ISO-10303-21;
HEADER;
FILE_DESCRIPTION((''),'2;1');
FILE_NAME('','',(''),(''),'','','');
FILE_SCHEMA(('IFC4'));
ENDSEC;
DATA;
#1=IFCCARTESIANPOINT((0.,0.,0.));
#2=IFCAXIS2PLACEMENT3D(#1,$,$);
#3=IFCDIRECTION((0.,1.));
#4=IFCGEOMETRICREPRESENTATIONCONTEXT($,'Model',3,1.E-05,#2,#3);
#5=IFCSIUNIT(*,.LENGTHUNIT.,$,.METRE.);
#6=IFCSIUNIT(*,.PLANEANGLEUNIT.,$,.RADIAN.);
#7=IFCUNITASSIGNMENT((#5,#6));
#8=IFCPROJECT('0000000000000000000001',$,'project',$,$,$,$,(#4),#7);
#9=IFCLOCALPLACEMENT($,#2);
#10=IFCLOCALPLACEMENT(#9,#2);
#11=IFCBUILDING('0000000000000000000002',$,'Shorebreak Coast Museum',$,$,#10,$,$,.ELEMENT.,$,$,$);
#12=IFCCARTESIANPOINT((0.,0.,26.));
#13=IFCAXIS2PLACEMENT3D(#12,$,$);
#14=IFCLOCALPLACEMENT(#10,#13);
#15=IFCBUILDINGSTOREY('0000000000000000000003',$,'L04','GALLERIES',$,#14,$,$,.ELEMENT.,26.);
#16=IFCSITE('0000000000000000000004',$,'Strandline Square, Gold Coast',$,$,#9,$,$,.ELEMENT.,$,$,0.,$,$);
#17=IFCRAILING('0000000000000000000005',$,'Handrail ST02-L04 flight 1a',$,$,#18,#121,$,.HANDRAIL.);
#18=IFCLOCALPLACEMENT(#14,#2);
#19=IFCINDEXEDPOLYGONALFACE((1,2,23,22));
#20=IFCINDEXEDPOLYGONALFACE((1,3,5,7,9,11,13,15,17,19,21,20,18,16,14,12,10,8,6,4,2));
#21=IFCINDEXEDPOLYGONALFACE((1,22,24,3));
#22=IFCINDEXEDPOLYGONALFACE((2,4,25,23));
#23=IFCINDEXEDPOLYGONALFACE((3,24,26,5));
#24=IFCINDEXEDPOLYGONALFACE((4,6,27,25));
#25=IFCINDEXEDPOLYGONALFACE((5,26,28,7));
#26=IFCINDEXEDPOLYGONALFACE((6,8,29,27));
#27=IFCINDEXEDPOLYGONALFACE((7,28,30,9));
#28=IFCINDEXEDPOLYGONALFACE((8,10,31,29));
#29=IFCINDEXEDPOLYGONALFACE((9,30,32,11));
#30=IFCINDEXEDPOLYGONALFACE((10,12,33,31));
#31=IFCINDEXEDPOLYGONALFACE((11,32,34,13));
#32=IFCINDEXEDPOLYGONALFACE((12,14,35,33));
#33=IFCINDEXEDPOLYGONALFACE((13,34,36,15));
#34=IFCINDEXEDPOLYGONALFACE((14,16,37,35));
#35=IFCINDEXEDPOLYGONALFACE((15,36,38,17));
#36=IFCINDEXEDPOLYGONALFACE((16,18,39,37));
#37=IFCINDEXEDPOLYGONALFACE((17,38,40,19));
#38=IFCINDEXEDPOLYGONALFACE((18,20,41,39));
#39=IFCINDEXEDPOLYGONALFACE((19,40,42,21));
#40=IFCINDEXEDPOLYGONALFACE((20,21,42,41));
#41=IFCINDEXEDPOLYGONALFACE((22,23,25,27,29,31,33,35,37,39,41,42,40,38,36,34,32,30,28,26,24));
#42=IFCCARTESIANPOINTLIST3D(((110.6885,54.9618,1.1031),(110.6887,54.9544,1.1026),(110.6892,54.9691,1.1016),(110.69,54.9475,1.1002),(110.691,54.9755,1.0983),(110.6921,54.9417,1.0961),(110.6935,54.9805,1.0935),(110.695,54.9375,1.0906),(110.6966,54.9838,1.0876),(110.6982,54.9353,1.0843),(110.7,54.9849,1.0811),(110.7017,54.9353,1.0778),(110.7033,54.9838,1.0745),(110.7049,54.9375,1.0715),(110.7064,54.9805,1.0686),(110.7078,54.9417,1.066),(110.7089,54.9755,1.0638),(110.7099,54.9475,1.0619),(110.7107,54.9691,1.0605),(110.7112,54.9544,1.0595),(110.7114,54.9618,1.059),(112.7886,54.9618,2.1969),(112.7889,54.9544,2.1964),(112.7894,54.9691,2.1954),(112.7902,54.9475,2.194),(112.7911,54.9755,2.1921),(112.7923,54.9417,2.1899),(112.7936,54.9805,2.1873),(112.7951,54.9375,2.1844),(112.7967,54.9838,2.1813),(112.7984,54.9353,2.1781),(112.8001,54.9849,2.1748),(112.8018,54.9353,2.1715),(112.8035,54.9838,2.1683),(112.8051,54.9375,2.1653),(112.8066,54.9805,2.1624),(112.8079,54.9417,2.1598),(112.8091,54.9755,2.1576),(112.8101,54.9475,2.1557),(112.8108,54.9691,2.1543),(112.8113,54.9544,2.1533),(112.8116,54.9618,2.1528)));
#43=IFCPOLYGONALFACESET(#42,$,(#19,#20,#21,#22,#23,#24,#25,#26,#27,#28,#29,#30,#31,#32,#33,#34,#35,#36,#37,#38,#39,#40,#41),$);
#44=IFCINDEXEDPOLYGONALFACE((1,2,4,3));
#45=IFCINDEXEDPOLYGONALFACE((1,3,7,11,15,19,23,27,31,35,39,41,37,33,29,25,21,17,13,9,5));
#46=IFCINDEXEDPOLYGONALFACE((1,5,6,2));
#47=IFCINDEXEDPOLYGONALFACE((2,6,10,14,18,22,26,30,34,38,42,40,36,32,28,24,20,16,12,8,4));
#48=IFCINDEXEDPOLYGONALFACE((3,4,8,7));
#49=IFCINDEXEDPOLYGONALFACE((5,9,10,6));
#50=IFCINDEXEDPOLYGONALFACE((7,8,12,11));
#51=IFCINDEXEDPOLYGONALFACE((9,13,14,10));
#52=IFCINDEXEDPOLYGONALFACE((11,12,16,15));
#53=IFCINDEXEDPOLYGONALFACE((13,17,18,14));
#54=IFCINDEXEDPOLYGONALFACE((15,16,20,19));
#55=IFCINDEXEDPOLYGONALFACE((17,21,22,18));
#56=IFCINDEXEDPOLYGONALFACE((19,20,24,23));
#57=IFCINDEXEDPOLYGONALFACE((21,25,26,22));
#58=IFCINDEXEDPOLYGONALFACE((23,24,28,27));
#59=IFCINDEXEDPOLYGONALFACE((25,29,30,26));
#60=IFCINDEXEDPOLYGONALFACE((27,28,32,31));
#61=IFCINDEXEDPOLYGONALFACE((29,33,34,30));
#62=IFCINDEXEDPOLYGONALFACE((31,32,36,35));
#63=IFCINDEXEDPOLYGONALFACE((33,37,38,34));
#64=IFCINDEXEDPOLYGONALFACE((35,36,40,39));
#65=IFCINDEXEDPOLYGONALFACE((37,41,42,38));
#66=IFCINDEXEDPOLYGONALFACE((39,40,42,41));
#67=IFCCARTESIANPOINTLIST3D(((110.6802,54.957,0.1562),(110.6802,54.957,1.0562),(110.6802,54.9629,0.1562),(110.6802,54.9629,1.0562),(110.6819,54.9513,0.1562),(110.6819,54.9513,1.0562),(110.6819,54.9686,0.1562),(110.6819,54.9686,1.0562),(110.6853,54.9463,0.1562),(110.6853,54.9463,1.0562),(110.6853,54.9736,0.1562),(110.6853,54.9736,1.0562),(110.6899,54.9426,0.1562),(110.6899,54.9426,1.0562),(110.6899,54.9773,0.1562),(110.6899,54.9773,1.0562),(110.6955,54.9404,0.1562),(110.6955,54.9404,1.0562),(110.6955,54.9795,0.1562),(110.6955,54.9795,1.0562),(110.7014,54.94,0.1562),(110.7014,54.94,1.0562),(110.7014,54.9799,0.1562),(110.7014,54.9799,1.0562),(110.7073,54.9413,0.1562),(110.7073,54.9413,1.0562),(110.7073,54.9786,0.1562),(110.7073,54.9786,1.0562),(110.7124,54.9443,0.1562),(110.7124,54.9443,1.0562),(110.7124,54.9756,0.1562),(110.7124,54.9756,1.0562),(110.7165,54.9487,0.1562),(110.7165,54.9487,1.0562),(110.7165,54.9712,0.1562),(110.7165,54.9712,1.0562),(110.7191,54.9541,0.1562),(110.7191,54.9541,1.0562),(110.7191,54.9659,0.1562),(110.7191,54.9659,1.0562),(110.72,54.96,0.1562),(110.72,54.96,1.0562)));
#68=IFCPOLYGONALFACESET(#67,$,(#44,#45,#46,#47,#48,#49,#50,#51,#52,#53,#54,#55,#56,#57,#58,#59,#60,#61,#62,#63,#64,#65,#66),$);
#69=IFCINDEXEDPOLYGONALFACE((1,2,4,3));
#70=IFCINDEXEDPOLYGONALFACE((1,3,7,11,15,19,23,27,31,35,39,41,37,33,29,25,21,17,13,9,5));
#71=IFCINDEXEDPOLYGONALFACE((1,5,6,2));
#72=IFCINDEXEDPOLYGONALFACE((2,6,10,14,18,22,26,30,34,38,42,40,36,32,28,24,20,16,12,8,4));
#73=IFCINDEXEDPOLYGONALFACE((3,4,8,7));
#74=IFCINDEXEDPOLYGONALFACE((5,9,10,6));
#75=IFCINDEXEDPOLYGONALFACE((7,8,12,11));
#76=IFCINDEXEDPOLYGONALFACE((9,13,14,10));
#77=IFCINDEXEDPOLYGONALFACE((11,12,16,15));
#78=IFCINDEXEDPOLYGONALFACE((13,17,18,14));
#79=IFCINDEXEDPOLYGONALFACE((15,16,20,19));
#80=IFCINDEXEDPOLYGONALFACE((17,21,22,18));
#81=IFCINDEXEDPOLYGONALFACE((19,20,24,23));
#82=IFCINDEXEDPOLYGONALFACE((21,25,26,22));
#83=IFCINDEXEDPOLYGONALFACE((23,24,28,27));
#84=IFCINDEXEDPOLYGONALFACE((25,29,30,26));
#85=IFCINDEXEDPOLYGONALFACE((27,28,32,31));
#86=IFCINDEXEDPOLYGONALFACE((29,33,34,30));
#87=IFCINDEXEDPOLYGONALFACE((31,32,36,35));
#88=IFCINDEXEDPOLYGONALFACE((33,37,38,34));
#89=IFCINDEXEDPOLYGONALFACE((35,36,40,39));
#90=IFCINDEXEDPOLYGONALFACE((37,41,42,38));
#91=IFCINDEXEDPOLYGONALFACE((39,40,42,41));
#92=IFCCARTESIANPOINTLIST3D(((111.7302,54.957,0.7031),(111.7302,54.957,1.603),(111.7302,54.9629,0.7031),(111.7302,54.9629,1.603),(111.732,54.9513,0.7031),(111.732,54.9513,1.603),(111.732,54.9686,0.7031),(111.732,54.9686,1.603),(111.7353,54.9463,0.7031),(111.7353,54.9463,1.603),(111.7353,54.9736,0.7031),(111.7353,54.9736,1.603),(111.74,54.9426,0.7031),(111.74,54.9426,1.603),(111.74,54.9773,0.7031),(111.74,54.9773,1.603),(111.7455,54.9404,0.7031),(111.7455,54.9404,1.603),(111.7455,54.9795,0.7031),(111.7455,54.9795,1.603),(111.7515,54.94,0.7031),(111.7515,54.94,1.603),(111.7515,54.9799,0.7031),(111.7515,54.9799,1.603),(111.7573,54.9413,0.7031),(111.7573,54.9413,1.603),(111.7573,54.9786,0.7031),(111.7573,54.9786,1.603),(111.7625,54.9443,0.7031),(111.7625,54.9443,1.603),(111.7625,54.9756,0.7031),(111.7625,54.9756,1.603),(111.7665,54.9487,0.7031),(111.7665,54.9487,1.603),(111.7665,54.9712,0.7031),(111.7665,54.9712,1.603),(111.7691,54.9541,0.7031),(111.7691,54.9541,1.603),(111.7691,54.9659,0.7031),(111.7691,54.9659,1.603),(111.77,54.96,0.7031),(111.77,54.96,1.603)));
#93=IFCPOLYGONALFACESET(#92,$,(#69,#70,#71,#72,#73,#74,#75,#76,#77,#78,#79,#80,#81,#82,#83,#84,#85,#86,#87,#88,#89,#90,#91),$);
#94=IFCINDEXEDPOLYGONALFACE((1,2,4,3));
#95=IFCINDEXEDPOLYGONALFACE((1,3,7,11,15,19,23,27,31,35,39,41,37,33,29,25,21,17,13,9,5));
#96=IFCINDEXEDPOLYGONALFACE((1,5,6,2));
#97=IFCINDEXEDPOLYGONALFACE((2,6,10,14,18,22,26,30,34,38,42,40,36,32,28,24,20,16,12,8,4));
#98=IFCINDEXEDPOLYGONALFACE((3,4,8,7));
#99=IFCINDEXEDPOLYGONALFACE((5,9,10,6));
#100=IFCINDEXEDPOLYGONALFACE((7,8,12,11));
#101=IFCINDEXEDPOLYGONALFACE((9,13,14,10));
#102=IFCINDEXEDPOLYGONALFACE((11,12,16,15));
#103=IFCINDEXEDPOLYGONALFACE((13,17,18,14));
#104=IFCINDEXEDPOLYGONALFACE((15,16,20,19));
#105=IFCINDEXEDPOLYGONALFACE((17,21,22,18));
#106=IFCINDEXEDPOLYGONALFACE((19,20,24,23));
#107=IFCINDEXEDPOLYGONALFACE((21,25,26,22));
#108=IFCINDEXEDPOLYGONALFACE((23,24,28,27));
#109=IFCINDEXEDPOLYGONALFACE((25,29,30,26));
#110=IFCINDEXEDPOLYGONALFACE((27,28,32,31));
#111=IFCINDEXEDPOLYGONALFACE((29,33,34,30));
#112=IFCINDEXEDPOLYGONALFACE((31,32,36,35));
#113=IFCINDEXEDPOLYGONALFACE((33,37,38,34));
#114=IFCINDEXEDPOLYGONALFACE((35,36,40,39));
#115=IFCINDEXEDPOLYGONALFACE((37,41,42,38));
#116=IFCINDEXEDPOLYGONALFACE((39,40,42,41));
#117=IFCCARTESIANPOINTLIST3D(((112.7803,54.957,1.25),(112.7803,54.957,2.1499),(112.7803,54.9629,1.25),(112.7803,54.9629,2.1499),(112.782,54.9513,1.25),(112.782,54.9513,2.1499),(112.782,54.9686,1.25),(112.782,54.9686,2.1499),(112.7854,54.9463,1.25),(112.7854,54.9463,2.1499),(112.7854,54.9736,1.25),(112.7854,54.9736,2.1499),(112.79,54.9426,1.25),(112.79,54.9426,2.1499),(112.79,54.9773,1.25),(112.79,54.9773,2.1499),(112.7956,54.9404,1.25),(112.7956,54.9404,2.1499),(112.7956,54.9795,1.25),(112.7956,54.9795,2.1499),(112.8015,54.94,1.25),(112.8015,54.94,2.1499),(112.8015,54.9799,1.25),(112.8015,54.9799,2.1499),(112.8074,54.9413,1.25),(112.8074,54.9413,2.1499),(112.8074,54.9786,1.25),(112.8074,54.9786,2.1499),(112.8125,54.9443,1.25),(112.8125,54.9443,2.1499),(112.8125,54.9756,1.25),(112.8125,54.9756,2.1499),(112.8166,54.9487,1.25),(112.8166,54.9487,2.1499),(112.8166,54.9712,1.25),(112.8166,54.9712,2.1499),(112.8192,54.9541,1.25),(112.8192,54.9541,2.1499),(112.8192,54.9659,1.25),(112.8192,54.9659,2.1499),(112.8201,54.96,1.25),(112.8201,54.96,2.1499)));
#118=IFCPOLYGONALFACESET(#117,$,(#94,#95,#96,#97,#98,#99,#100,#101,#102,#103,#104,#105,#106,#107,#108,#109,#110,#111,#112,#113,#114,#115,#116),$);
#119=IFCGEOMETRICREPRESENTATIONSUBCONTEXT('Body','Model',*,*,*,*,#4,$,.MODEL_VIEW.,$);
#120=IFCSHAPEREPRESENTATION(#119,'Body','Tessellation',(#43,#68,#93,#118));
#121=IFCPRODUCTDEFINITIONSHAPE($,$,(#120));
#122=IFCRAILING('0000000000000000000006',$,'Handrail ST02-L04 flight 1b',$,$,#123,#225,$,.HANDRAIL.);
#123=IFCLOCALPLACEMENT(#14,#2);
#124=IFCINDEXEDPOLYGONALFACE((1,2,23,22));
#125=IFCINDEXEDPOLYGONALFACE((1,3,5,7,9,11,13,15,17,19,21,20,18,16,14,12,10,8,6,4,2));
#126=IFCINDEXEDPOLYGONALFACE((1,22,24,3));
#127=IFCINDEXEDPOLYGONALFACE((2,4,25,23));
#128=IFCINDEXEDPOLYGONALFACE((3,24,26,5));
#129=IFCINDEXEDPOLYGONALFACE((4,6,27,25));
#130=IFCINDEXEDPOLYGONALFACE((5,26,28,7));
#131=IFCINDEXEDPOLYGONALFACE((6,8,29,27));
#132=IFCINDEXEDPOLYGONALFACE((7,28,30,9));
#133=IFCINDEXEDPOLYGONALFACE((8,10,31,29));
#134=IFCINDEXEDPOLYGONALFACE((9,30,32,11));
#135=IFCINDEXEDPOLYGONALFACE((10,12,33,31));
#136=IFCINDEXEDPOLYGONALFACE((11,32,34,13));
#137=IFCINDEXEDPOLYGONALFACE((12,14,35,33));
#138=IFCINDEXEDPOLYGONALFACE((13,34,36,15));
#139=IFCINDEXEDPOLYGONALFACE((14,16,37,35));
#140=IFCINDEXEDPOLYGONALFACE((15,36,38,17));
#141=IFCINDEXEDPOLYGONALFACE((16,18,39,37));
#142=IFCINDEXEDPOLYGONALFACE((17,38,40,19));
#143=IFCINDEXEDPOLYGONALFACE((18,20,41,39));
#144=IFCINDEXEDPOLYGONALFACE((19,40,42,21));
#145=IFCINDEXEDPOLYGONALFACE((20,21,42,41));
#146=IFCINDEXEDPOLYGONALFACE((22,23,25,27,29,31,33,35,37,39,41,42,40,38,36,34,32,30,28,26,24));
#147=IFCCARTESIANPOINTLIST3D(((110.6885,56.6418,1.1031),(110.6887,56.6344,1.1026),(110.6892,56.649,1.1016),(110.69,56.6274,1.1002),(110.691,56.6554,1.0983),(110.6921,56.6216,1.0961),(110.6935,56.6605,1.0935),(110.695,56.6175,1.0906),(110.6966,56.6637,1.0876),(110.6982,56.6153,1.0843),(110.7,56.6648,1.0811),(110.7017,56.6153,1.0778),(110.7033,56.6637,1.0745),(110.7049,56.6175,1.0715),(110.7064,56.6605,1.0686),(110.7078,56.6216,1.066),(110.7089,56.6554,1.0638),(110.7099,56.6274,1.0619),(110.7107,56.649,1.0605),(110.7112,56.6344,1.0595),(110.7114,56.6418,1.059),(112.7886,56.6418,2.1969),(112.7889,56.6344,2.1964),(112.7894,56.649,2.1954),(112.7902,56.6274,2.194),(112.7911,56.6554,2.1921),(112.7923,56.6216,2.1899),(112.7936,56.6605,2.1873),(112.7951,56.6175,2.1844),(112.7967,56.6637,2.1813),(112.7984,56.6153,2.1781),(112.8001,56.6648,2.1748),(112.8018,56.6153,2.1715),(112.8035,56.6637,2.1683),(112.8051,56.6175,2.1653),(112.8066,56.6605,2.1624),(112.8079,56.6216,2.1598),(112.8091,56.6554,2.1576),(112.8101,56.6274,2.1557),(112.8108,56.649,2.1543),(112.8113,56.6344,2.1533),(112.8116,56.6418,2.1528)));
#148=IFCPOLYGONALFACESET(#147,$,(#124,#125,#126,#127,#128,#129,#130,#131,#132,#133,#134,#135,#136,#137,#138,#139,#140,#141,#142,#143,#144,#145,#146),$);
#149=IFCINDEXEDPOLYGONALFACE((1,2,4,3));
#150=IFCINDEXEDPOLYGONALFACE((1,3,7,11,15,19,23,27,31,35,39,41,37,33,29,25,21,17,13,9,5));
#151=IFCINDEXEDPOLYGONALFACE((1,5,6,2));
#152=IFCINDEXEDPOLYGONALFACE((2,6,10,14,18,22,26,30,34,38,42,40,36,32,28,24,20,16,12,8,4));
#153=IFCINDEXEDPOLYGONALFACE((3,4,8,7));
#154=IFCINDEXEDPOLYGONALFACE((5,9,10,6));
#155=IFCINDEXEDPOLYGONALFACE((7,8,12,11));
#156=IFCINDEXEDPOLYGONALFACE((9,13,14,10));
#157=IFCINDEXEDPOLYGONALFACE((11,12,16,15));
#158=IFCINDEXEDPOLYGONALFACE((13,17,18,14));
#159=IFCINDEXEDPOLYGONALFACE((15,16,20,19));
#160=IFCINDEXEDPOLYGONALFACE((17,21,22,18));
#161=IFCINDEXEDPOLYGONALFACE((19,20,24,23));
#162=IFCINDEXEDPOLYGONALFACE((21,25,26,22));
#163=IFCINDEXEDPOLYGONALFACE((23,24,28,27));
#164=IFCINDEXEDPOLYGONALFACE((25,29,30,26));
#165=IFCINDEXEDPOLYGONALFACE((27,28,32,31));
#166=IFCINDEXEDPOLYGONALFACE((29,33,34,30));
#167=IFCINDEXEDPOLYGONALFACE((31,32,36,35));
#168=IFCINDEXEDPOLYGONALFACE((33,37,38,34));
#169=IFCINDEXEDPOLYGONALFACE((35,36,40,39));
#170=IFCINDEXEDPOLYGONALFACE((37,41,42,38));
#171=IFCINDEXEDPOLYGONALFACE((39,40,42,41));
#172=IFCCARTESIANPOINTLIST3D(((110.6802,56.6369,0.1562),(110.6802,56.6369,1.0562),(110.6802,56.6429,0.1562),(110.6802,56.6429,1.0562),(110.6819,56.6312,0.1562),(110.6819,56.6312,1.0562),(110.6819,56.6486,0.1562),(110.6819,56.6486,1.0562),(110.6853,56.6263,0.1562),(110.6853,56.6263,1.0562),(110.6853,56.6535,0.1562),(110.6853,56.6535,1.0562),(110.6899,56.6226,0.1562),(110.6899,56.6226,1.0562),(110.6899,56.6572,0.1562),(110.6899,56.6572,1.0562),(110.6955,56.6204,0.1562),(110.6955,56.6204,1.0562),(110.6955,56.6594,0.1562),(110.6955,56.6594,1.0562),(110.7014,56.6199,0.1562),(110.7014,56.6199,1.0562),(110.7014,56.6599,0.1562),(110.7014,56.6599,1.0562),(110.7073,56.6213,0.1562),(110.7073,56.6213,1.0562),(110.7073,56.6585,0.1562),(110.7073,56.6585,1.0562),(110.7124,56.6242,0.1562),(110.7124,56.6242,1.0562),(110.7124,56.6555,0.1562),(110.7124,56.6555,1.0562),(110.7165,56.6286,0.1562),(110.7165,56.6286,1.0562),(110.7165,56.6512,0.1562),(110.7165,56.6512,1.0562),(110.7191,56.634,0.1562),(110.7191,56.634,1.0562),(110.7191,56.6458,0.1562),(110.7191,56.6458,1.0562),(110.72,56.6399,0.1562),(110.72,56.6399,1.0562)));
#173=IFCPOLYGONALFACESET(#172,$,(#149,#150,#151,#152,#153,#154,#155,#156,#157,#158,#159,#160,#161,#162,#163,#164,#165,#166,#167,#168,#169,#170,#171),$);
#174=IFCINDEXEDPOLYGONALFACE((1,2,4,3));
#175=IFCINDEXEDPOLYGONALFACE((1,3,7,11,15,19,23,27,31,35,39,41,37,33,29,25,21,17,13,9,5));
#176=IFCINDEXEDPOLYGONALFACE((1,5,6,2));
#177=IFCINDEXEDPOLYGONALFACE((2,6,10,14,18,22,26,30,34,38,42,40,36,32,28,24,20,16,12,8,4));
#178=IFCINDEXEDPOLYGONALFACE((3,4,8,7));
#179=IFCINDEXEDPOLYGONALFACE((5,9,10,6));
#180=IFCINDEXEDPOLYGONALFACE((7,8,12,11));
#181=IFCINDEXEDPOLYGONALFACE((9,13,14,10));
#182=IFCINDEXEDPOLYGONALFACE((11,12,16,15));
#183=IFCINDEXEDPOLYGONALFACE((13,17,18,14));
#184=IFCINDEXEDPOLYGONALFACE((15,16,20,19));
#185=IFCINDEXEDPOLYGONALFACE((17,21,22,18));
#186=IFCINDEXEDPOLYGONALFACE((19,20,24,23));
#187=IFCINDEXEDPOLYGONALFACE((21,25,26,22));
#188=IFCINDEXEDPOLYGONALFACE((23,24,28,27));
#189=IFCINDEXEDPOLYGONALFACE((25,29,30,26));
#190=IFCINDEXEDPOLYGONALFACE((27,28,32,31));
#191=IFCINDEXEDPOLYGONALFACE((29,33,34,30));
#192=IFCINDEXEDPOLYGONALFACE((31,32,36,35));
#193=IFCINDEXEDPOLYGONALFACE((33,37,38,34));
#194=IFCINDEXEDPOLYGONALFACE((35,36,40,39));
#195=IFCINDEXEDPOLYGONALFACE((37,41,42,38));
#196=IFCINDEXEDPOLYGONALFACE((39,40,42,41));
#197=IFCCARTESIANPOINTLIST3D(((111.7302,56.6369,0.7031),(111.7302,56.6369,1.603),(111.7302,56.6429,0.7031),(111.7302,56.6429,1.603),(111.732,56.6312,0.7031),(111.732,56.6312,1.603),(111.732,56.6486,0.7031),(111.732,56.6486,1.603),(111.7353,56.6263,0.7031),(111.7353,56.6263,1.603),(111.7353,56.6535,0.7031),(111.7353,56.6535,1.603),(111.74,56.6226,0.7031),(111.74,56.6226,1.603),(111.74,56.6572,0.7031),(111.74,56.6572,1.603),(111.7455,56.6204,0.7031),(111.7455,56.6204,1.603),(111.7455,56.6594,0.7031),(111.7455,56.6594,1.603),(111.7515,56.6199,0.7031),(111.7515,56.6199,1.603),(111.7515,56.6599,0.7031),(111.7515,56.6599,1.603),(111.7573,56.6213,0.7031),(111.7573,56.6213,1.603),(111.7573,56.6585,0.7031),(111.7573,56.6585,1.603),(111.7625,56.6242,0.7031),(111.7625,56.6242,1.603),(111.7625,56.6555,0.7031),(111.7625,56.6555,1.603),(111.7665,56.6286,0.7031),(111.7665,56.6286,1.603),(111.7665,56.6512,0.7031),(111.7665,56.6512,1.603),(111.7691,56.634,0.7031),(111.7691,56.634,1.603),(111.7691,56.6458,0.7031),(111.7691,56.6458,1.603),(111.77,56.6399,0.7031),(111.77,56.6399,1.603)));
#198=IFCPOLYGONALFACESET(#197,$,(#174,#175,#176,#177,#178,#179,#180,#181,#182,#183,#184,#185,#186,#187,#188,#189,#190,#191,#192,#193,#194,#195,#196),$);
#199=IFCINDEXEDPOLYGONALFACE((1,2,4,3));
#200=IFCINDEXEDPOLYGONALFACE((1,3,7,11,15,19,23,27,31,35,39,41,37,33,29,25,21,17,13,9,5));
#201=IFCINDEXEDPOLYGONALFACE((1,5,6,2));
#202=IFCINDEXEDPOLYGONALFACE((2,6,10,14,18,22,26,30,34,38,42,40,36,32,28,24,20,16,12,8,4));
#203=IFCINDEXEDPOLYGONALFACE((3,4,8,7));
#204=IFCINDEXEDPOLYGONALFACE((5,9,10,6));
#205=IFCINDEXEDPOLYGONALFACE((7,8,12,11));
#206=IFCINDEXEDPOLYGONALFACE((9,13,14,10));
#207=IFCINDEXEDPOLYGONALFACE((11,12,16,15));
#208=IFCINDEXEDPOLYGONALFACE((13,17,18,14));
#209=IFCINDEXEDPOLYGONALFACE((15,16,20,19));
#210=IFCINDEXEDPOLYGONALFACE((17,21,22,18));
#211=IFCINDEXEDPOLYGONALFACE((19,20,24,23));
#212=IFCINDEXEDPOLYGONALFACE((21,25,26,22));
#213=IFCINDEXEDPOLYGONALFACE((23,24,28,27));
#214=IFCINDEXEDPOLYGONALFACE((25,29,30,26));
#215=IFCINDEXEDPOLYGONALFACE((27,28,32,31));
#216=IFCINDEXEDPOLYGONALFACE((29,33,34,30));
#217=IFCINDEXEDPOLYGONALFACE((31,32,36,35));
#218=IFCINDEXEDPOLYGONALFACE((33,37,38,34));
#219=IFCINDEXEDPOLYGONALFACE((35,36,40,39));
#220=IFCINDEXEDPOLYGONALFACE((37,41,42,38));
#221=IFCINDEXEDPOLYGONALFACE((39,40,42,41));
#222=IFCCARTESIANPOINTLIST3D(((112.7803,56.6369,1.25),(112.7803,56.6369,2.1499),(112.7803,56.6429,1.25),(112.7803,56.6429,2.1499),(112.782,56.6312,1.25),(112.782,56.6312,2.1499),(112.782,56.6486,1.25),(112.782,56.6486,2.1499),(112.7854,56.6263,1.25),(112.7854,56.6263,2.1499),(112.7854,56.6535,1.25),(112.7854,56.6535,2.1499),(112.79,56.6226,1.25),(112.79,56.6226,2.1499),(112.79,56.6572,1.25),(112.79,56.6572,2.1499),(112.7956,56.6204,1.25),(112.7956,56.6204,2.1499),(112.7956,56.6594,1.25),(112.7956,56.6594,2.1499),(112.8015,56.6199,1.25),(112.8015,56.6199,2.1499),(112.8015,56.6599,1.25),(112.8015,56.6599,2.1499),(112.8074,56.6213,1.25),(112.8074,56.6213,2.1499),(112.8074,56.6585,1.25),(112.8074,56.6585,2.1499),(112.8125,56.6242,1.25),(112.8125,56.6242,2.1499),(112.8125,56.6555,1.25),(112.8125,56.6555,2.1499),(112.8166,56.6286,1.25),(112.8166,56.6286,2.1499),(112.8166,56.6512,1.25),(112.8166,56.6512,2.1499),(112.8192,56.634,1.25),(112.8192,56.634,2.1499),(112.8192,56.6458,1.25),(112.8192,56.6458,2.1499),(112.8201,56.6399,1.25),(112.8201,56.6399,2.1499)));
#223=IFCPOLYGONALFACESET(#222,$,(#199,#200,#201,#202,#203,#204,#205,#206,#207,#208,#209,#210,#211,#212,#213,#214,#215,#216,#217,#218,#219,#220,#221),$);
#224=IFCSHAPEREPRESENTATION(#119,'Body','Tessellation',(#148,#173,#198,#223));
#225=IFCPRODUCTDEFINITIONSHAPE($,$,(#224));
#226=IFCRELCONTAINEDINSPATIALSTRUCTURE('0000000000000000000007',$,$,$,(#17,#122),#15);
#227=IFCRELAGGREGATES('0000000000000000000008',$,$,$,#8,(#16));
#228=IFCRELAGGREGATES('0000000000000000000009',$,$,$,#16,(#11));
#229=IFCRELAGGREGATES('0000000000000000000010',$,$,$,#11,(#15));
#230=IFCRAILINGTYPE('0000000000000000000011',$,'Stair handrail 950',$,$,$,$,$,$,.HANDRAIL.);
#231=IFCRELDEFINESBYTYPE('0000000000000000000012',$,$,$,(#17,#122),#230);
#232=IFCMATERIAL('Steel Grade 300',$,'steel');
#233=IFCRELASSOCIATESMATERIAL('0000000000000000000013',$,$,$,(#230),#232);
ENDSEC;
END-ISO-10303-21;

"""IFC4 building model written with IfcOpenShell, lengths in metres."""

from ifc_helpers import new_model, si_unit, direction, frame, origin, origin_2d, place, context, subcontext, project, spatial, circle, extrude, material, type_object, element, save


model = new_model("IFC4")

# Units and contexts
model_context = context("Model", 3, precision=1e-05, world=origin(), true_north=direction((0.0, 1.0)))
body_context = subcontext(model_context, "Body", "Model", "MODEL_VIEW")
ifc_project = project(units=[si_unit("LENGTHUNIT", "METRE"), si_unit("PLANEANGLEUNIT", "RADIAN")], contexts=[model_context])

# Site, building, storey
site_placement = place(None, origin())
site = spatial("IfcSite", under=ifc_project, at=site_placement, Name="Strandline Square, Gold Coast", CompositionType="ELEMENT", RefElevation=0.0)
building_placement = place(site_placement, origin())
building = spatial("IfcBuilding", under=site, at=building_placement, Name="Shorebreak Coast Museum", CompositionType="ELEMENT")
storey_placement = place(building_placement, frame((0.0, 0.0, 26.0)))
storey = spatial("IfcBuildingStorey", under=building, at=storey_placement, Name="L04", Description="GALLERIES", CompositionType="ELEMENT", Elevation=26.0)

# Railings
ifc_material_1 = material(Name="Steel Grade 300", Category="steel")
railing_type_1 = type_object("IfcRailingType", Name="Stair handrail 950", PredefinedType="HANDRAIL", material=ifc_material_1)
for number, where, name in (
    (1, (110.7, 54.96, 0.1562), "Handrail ST02-L04 flight 1a"),
    (2, (110.7, 56.6399, 0.1562), "Handrail ST02-L04 flight 1b"),
):
    element("IfcRailing", number, at=place(storey_placement, frame(where)), inside=storey, type_object=railing_type_1, Name=name, PredefinedType="HANDRAIL", context=body_context, shape_type="SweptSolid", body=[
        extrude(circle(Radius=0.0249, at=origin_2d()), frame((0.0, 0.0, 0.9248), z_axis=(0.886923, 0.0, 0.461918), x_axis=(0.0, 1.0, 0.0)), (0.0, 0.0, 1.0), 2.3679),
        extrude(circle(Radius=0.02, at=origin_2d()), origin(), (0.0, 0.0, 1.0), 0.8999),
        extrude(circle(Radius=0.02, at=origin_2d()), frame((1.05, 0.0, 0.5469)), (0.0, 0.0, 1.0), 0.8999),
        extrude(circle(Radius=0.02, at=origin_2d()), frame((2.1001, 0.0, 1.0938)), (0.0, 0.0, 1.0), 0.8999),
    ])

save(model, "model.ifc")
